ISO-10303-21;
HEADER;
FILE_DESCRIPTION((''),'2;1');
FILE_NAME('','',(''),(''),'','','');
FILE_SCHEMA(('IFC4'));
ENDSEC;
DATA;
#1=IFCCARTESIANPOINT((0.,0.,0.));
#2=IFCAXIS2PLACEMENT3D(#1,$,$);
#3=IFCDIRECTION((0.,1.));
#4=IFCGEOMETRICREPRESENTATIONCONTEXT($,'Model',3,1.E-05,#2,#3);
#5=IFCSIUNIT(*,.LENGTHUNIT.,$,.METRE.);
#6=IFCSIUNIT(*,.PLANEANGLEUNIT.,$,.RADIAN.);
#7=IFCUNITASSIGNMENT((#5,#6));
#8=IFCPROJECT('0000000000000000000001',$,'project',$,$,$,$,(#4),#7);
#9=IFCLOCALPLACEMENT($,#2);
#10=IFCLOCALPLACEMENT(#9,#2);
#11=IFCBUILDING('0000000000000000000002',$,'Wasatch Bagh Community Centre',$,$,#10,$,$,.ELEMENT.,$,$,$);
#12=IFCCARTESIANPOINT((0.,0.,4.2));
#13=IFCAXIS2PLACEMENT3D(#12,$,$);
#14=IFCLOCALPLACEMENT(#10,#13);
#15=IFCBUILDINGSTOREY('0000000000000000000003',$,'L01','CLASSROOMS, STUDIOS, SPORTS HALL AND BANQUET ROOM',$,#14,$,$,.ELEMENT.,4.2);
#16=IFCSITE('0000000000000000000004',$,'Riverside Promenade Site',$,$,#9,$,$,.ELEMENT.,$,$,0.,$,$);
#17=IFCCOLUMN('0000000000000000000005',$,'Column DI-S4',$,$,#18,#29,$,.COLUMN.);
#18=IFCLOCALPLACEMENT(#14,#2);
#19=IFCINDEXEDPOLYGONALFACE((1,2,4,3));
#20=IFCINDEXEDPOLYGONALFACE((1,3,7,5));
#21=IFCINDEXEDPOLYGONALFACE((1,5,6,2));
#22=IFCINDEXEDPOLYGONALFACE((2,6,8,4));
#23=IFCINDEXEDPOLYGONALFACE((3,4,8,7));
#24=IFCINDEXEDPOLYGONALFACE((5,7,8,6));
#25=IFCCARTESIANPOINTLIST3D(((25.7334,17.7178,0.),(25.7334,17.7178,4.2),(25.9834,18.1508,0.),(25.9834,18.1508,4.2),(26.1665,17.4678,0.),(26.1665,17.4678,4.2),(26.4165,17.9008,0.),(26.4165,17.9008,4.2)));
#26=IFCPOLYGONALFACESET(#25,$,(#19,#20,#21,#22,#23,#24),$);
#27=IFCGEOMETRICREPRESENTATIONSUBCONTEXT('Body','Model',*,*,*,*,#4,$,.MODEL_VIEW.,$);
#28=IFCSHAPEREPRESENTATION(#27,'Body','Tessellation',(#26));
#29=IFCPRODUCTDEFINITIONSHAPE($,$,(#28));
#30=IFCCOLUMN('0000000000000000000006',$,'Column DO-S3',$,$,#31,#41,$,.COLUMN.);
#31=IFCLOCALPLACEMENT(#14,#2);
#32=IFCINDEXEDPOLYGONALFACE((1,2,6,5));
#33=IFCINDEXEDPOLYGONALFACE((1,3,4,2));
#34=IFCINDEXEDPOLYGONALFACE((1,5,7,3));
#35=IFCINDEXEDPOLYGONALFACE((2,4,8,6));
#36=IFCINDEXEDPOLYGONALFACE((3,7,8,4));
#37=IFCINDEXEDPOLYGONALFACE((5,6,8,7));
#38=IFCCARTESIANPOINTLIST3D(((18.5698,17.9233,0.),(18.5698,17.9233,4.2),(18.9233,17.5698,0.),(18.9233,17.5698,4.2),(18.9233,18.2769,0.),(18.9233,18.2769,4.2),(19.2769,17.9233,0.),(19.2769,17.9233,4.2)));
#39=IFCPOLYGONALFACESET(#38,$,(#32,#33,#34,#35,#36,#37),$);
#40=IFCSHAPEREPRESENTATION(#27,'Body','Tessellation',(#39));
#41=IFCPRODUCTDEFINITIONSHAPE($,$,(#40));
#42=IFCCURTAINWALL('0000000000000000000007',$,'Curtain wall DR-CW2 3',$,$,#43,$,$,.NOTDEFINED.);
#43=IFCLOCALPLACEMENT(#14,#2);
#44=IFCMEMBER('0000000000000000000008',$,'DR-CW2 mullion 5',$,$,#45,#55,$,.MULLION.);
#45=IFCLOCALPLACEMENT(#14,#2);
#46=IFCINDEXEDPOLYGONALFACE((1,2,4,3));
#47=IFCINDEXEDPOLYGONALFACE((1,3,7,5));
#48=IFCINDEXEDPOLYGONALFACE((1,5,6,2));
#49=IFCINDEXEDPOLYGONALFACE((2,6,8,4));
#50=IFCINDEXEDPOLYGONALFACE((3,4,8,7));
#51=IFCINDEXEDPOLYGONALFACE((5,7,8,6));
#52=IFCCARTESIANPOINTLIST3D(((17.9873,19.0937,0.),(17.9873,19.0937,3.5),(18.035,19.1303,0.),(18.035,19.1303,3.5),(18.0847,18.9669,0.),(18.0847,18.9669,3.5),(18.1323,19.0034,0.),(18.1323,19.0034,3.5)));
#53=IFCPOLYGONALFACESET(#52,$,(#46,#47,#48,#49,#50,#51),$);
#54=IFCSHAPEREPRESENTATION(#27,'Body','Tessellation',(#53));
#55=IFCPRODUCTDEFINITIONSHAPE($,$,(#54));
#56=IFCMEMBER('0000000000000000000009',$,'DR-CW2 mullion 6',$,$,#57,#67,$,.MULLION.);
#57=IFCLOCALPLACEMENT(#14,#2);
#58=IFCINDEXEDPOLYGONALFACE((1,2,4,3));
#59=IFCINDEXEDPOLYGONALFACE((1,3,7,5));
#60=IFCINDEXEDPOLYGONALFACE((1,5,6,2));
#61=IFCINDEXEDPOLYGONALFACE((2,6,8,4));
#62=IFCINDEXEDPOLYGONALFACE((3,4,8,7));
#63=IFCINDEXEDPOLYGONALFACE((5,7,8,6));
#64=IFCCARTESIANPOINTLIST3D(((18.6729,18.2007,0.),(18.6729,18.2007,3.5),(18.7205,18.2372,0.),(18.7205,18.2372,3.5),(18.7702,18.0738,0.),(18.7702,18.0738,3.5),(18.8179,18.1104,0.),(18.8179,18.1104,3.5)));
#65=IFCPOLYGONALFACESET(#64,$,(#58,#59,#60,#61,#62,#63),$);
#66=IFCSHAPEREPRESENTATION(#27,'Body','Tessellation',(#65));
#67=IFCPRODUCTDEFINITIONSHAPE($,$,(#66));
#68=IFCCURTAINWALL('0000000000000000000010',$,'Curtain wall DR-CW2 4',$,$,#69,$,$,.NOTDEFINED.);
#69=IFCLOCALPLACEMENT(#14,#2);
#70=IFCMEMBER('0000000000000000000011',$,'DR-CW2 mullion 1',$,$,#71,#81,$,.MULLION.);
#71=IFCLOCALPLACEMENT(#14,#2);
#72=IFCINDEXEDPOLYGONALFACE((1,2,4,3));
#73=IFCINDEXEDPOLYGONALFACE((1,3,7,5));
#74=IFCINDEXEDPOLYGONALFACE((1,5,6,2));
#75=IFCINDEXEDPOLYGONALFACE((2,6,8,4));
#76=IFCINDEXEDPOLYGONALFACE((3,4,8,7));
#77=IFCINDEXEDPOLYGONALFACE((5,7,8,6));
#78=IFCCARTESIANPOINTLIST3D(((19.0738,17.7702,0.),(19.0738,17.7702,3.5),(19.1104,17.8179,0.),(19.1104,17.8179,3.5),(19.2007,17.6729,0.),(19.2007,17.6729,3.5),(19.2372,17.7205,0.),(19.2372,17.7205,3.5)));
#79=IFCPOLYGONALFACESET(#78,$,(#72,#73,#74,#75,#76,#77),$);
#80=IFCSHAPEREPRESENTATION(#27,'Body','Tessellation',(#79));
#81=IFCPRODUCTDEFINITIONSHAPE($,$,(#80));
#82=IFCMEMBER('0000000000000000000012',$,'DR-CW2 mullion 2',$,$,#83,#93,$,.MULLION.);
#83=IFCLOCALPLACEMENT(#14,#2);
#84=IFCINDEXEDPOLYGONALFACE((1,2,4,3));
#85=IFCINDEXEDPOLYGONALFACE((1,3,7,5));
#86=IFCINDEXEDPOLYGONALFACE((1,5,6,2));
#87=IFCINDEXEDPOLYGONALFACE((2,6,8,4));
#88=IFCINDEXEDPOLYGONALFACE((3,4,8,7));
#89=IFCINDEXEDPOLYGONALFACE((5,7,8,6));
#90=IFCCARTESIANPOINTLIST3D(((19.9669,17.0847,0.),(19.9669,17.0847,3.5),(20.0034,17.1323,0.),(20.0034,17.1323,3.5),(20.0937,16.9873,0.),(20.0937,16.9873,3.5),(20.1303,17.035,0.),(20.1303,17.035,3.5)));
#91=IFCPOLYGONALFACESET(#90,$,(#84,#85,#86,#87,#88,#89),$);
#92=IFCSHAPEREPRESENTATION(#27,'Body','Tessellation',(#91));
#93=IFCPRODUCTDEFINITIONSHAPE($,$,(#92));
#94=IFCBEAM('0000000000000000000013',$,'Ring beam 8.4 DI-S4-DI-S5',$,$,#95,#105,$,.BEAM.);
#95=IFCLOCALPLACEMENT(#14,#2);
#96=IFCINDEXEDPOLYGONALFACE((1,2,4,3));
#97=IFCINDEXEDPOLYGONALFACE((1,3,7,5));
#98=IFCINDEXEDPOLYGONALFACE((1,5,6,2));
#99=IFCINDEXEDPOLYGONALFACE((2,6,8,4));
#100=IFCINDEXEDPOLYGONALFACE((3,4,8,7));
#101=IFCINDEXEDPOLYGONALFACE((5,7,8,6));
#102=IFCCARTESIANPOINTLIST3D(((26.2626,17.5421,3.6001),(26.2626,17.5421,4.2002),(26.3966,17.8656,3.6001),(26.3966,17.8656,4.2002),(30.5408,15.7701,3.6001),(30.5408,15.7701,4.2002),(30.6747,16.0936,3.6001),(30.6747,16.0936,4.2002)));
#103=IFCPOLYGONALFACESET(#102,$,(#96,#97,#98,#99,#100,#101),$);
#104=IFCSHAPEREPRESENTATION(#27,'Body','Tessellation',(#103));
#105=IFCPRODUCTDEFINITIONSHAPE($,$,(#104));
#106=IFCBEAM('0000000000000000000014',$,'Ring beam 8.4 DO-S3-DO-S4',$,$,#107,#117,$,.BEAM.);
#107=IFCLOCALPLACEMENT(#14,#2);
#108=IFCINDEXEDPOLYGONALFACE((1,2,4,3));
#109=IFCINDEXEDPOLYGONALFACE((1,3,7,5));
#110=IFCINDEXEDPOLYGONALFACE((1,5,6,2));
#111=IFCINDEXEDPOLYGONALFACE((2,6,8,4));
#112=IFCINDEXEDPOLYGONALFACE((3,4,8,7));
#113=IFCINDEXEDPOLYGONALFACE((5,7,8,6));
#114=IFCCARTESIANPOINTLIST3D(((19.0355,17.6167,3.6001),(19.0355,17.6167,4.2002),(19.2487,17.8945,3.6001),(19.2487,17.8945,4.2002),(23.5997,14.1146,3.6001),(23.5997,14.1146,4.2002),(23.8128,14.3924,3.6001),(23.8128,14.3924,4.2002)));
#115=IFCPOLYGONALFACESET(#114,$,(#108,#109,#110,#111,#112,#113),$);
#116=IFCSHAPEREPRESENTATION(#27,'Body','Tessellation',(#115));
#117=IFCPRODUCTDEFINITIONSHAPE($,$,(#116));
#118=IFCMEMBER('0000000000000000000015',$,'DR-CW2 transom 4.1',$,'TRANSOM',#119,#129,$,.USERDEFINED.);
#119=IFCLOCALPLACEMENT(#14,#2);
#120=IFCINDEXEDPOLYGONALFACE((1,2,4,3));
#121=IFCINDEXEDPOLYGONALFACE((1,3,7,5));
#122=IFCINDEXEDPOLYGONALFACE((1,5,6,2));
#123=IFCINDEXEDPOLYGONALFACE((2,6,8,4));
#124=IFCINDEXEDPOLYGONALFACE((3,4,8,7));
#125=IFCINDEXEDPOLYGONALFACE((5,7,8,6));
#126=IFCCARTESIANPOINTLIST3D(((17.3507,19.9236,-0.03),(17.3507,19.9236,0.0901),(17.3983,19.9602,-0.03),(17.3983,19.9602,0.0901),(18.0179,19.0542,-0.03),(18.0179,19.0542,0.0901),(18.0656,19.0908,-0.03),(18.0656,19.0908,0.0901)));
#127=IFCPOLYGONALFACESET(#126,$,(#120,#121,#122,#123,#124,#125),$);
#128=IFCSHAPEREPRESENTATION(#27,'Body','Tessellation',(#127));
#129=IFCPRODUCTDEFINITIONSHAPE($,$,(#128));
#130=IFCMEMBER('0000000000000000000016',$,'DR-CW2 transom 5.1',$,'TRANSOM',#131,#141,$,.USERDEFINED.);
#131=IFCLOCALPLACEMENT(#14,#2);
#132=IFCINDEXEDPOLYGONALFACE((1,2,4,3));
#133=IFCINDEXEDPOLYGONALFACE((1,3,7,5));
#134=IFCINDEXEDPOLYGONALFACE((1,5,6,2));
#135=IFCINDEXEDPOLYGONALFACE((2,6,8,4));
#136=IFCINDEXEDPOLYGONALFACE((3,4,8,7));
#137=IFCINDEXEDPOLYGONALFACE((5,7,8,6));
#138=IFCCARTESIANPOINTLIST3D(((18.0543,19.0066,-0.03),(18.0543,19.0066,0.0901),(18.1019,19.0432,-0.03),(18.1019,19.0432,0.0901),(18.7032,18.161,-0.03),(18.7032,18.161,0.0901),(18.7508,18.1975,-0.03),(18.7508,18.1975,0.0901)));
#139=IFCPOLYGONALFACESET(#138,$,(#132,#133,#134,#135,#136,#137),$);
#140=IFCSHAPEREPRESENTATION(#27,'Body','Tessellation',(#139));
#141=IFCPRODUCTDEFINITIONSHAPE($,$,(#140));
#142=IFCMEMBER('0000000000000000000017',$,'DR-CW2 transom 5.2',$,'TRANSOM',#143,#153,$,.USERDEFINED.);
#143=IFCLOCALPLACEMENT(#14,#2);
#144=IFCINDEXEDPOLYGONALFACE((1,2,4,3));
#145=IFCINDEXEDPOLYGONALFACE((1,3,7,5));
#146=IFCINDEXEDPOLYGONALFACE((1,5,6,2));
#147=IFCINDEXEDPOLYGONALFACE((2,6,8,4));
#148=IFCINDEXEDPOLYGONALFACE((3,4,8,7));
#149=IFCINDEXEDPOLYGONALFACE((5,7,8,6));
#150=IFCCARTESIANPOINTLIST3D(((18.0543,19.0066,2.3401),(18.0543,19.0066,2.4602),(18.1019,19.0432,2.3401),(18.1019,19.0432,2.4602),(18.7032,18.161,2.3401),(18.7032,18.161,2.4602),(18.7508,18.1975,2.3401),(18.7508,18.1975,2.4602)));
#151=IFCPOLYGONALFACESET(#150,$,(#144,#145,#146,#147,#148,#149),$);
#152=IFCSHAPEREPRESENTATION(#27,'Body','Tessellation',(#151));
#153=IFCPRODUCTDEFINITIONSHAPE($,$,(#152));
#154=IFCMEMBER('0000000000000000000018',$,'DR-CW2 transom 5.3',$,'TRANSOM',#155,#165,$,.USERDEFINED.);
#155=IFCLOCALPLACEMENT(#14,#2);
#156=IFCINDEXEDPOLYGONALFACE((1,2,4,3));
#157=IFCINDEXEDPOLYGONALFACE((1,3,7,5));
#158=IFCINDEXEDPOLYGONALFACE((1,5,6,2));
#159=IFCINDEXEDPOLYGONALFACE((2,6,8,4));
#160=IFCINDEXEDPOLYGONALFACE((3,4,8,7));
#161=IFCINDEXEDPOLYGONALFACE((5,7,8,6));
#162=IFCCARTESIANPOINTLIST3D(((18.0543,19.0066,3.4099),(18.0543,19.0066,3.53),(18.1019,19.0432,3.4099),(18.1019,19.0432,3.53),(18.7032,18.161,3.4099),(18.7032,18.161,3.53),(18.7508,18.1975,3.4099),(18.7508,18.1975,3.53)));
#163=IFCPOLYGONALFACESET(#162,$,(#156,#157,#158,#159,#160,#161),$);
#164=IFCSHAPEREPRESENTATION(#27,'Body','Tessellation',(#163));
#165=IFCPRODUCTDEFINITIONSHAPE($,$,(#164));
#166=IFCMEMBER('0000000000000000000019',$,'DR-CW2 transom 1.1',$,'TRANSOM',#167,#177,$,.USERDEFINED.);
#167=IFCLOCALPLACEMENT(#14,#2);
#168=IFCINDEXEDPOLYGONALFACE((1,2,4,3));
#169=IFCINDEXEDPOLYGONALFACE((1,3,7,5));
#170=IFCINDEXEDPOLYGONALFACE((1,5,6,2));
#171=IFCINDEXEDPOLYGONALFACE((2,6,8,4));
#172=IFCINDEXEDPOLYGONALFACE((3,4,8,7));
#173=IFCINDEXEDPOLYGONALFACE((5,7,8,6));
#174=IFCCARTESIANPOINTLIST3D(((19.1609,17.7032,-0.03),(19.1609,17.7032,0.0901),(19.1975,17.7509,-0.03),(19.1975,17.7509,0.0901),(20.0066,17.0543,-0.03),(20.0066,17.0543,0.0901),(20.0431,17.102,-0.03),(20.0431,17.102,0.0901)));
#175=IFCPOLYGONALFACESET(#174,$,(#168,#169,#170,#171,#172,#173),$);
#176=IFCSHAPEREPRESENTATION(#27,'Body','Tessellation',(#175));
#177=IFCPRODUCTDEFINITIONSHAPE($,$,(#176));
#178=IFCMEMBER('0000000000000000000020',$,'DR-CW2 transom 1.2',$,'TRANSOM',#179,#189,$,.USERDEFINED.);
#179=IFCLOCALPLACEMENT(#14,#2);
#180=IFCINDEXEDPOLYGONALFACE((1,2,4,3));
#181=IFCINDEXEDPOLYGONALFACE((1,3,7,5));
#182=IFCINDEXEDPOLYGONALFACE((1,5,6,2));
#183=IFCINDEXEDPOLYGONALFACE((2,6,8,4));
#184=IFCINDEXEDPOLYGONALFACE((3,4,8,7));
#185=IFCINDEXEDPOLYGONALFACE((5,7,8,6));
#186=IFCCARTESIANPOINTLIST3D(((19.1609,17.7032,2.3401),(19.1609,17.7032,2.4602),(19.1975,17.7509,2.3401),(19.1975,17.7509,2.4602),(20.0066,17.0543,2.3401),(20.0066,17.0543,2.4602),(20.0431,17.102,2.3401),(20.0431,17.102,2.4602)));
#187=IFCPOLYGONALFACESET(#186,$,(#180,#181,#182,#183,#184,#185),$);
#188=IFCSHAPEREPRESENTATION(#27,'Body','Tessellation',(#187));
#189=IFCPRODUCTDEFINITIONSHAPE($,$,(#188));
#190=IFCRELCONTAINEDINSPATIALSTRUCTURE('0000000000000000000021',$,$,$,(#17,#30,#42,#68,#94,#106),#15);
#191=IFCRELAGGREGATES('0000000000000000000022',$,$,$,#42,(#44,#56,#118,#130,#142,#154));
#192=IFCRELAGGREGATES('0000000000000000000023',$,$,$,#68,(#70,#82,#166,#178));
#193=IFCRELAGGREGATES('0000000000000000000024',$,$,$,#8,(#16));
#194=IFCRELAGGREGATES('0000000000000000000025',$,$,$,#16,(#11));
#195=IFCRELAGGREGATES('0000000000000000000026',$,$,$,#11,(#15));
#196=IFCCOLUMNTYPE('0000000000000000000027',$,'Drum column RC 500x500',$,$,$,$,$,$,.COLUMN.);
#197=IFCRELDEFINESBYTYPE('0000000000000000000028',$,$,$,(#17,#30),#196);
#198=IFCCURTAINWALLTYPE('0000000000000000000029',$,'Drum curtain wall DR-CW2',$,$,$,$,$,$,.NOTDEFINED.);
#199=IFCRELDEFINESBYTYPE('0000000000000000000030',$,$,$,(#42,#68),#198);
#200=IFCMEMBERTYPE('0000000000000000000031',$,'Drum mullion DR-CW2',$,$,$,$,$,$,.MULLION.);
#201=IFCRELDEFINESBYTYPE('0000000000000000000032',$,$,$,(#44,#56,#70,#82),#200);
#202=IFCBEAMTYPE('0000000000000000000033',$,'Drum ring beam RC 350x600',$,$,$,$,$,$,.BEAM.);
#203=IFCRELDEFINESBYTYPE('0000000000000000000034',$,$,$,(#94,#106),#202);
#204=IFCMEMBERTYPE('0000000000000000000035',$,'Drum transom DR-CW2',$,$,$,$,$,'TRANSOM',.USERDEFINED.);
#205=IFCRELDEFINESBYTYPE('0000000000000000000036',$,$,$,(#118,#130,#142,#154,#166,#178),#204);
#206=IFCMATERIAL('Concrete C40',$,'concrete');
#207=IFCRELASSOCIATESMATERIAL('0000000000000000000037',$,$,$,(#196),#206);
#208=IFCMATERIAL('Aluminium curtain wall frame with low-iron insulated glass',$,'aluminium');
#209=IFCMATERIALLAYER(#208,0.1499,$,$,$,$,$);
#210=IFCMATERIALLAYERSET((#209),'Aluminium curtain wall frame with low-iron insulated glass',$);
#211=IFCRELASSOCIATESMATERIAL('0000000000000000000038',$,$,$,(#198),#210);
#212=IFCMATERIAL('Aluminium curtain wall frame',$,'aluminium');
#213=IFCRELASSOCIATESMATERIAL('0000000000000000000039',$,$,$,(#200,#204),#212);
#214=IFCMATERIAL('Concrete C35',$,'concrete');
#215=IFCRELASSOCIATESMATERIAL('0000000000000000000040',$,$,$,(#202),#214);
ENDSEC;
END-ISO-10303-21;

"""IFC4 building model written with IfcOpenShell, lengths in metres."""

from ifc_helpers import new_model, si_unit, direction, frame, origin, origin_2d, place, context, subcontext, project, spatial, rectangle, extrude, material, layer, layer_set, material_profile, profile_set, type_object, element, aggregate, save


model = new_model("IFC4")

# Units and contexts
model_context = context("Model", 3, precision=1e-05, world=origin(), true_north=direction((0.0, 1.0)))
body_context = subcontext(model_context, "Body", "Model", "MODEL_VIEW")
ifc_project = project(units=[si_unit("LENGTHUNIT", "METRE"), si_unit("PLANEANGLEUNIT", "RADIAN")], contexts=[model_context])

# Site, building, storey
site_placement = place(None, origin())
site = spatial("IfcSite", under=ifc_project, at=site_placement, Name="Riverside Promenade Site", CompositionType="ELEMENT", RefElevation=0.0)
building_placement = place(site_placement, origin())
building = spatial("IfcBuilding", under=site, at=building_placement, Name="Wasatch Bagh Community Centre", CompositionType="ELEMENT")
storey_placement = place(building_placement, frame((0.0, 0.0, 4.2)))
storey = spatial("IfcBuildingStorey", under=building, at=storey_placement, Name="L01", Description="CLASSROOMS, STUDIOS, SPORTS HALL AND BANQUET ROOM", CompositionType="ELEMENT", Elevation=4.2)

# Columns
ifc_material_1 = material(Name="Concrete C40", Category="concrete")
ifc_material_profile_1 = material_profile(ifc_material_1, rectangle(XDim=0.5, YDim=0.5, at=origin_2d()), Name="RC 500x500")
ifc_profile_set_1 = profile_set([ifc_material_profile_1], Name="Concrete C40")
column_type = type_object("IfcColumnType", Name="Drum column RC 500x500", PredefinedType="COLUMN", material=ifc_profile_set_1)
for number, where, z_axis, x_axis, name in (
    (1, (26.075, 17.8093, 0.0), (0.0, 0.0, 1.0), (0.5, 0.866025, 0.0), "Column DI-S4"),
    (2, (18.9233, 17.9233, 0.0), (0.0, 0.0, 1.0), (0.707107, 0.707107, 0.0), "Column DO-S3"),
):
    element("IfcColumn", number, at=place(storey_placement, frame(where, z_axis=z_axis, x_axis=x_axis)), inside=storey, type_object=column_type, Name=name, PredefinedType="COLUMN", context=body_context, shape_type="SweptSolid", body=[
        extrude(rectangle(XDim=0.5, YDim=0.5, at=origin_2d()), origin(), (0.0, 0.0, 1.0), 4.2),
    ])

# Curtain walls, members
ifc_material_2 = material(Name="Aluminium curtain wall frame with low-iron insulated glass", Category="aluminium")
ifc_layer_1 = layer(ifc_material_2, 0.1499)
ifc_layer_set_1 = layer_set([ifc_layer_1], Name="Aluminium curtain wall frame with low-iron insulated glass")
curtain_wall_type = type_object("IfcCurtainWallType", Name="Drum curtain wall DR-CW2", PredefinedType="NOTDEFINED", material=ifc_layer_set_1)
curtain_wall_1_placement = place(storey_placement, origin())
curtain_wall_1 = element("IfcCurtainWall", 3, at=curtain_wall_1_placement, inside=storey, type_object=curtain_wall_type, Name="Curtain wall DR-CW2 3", PredefinedType="NOTDEFINED")
ifc_material_3 = material(Name="Aluminium curtain wall frame", Category="aluminium")
ifc_material_profile_2 = material_profile(ifc_material_3, rectangle(XDim=0.0601, YDim=0.1599, at=origin_2d()), Name="Drum mullion DR-CW2")
ifc_profile_set_2 = profile_set([ifc_material_profile_2], Name="Aluminium curtain wall frame")
member_type_1 = type_object("IfcMemberType", Name="Drum mullion DR-CW2", PredefinedType="MULLION", material=ifc_profile_set_2)
member_1_placement = place(storey_placement, frame((18.0598, 19.0486, 0.0), z_axis=(0.0, 0.0, 1.0), x_axis=(0.793353, 0.608761, 0.0)))
member_1 = element("IfcMember", 4, at=member_1_placement, type_object=member_type_1, Name="DR-CW2 mullion 5", PredefinedType="MULLION", context=body_context, shape_type="SweptSolid", body=[
    extrude(rectangle(XDim=0.0601, YDim=0.1599, at=origin_2d()), origin(), (0.0, 0.0, 1.0), 3.5),
])
member_2_placement = place(storey_placement, frame((18.7454, 18.1555, 0.0), z_axis=(0.0, 0.0, 1.0), x_axis=(0.793353, 0.608761, 0.0)))
member_2 = element("IfcMember", 5, at=member_2_placement, type_object=member_type_1, Name="DR-CW2 mullion 6", PredefinedType="MULLION", context=body_context, shape_type="SweptSolid", body=[
    extrude(rectangle(XDim=0.0601, YDim=0.1599, at=origin_2d()), origin(), (0.0, 0.0, 1.0), 3.5),
])
curtain_wall_2_placement = place(storey_placement, origin())
curtain_wall_2 = element("IfcCurtainWall", 6, at=curtain_wall_2_placement, inside=storey, type_object=curtain_wall_type, Name="Curtain wall DR-CW2 4", PredefinedType="NOTDEFINED")
member_3_placement = place(storey_placement, frame((19.1555, 17.7454, 0.0), z_axis=(0.0, 0.0, 1.0), x_axis=(0.608761, 0.793353, 0.0)))
member_3 = element("IfcMember", 7, at=member_3_placement, type_object=member_type_1, Name="DR-CW2 mullion 1", PredefinedType="MULLION", context=body_context, shape_type="SweptSolid", body=[
    extrude(rectangle(XDim=0.0601, YDim=0.1599, at=origin_2d()), origin(), (0.0, 0.0, 1.0), 3.5),
])
member_4_placement = place(storey_placement, frame((20.0486, 17.0598, 0.0), z_axis=(0.0, 0.0, 1.0), x_axis=(0.608761, 0.793353, 0.0)))
member_4 = element("IfcMember", 8, at=member_4_placement, type_object=member_type_1, Name="DR-CW2 mullion 2", PredefinedType="MULLION", context=body_context, shape_type="SweptSolid", body=[
    extrude(rectangle(XDim=0.0601, YDim=0.1599, at=origin_2d()), origin(), (0.0, 0.0, 1.0), 3.5),
])

# Beams
ifc_material_4 = material(Name="Concrete C35", Category="concrete")
ifc_material_profile_3 = material_profile(ifc_material_4, rectangle(XDim=0.3501, YDim=0.6001, at=origin_2d()), Name="RC 350x600")
ifc_profile_set_3 = profile_set([ifc_material_profile_3], Name="Concrete C35")
beam_type = type_object("IfcBeamType", Name="Drum ring beam RC 350x600", PredefinedType="BEAM", material=ifc_profile_set_3)
beam_1_placement = place(storey_placement, frame((26.3296, 17.7039, 3.9001), z_axis=(0.923884, -0.382672, 0.0), x_axis=(0.382672, 0.923884, 0.0)))
element("IfcBeam", 9, at=beam_1_placement, inside=storey, type_object=beam_type, Name="Ring beam 8.4 DI-S4-DI-S5", PredefinedType="BEAM", context=body_context, shape_type="SweptSolid", body=[
    extrude(rectangle(XDim=0.3501, YDim=0.6001, at=origin_2d()), origin(), (0.0, 0.0, 1.0), 4.6306),
])
beam_2_placement = place(storey_placement, frame((19.1421, 17.7556, 3.9001), z_axis=(0.793357, -0.608757, 0.0), x_axis=(0.608757, 0.793357, 0.0)))
element("IfcBeam", 10, at=beam_2_placement, inside=storey, type_object=beam_type, Name="Ring beam 8.4 DO-S3-DO-S4", PredefinedType="BEAM", context=body_context, shape_type="SweptSolid", body=[
    extrude(rectangle(XDim=0.3501, YDim=0.6001, at=origin_2d()), origin(), (0.0, 0.0, 1.0), 5.7529),
])

# Members
ifc_material_profile_4 = material_profile(ifc_material_3, rectangle(XDim=0.0601, YDim=0.1201, at=origin_2d()), Name="Drum transom DR-CW2")
ifc_profile_set_4 = profile_set([ifc_material_profile_4], Name="Aluminium curtain wall frame")
member_type_2 = type_object("IfcMemberType", Name="Drum transom DR-CW2", ElementType="TRANSOM", PredefinedType="USERDEFINED", material=ifc_profile_set_4)
member_5_placement = place(storey_placement, frame((17.3745, 19.9419, 0.03), z_axis=(0.608838, -0.793294, 0.0), x_axis=(0.793294, 0.608838, 0.0)))
member_5 = element("IfcMember", 11, at=member_5_placement, type_object=member_type_2, Name="DR-CW2 transom 4.1", ObjectType="TRANSOM", PredefinedType="USERDEFINED", context=body_context, shape_type="SweptSolid", body=[
    extrude(rectangle(XDim=0.0601, YDim=0.1201, at=origin_2d()), origin(), (0.0, 0.0, 1.0), 1.0959),
])
member_6_placement = place(storey_placement, frame((18.0781, 19.0249, 0.03), z_axis=(0.608758, -0.793356, 0.0), x_axis=(0.793356, 0.608758, 0.0)))
member_6 = element("IfcMember", 12, at=member_6_placement, type_object=member_type_2, Name="DR-CW2 transom 5.1", ObjectType="TRANSOM", PredefinedType="USERDEFINED", context=body_context, shape_type="SweptSolid", body=[
    extrude(rectangle(XDim=0.0601, YDim=0.1201, at=origin_2d()), origin(), (0.0, 0.0, 1.0), 1.0659),
])
member_7_placement = place(storey_placement, frame((18.0781, 19.0249, 2.4001), z_axis=(0.608758, -0.793356, 0.0), x_axis=(0.793356, 0.608758, 0.0)))
member_7 = element("IfcMember", 13, at=member_7_placement, type_object=member_type_2, Name="DR-CW2 transom 5.2", ObjectType="TRANSOM", PredefinedType="USERDEFINED", context=body_context, shape_type="SweptSolid", body=[
    extrude(rectangle(XDim=0.0601, YDim=0.1201, at=origin_2d()), origin(), (0.0, 0.0, 1.0), 1.0659),
])
member_8_placement = place(storey_placement, frame((18.0781, 19.0249, 3.47), z_axis=(0.608758, -0.793356, 0.0), x_axis=(0.793356, 0.608758, 0.0)))
member_8 = element("IfcMember", 14, at=member_8_placement, type_object=member_type_2, Name="DR-CW2 transom 5.3", ObjectType="TRANSOM", PredefinedType="USERDEFINED", context=body_context, shape_type="SweptSolid", body=[
    extrude(rectangle(XDim=0.0601, YDim=0.1201, at=origin_2d()), origin(), (0.0, 0.0, 1.0), 1.0659),
])
member_9_placement = place(storey_placement, frame((19.1792, 17.7271, 0.03), z_axis=(0.793356, -0.608758, 0.0), x_axis=(0.608758, 0.793356, 0.0)))
member_9 = element("IfcMember", 15, at=member_9_placement, type_object=member_type_2, Name="DR-CW2 transom 1.1", ObjectType="TRANSOM", PredefinedType="USERDEFINED", context=body_context, shape_type="SweptSolid", body=[
    extrude(rectangle(XDim=0.0601, YDim=0.1201, at=origin_2d()), origin(), (0.0, 0.0, 1.0), 1.0659),
])
member_10_placement = place(storey_placement, frame((19.1792, 17.7271, 2.4001), z_axis=(0.793356, -0.608758, 0.0), x_axis=(0.608758, 0.793356, 0.0)))
member_10 = element("IfcMember", 16, at=member_10_placement, type_object=member_type_2, Name="DR-CW2 transom 1.2", ObjectType="TRANSOM", PredefinedType="USERDEFINED", context=body_context, shape_type="SweptSolid", body=[
    extrude(rectangle(XDim=0.0601, YDim=0.1201, at=origin_2d()), origin(), (0.0, 0.0, 1.0), 1.0659),
])

aggregate(curtain_wall_1, [member_1, member_2, member_5, member_6, member_7, member_8])
aggregate(curtain_wall_2, [member_3, member_4, member_9, member_10])

save(model, "model.ifc")
